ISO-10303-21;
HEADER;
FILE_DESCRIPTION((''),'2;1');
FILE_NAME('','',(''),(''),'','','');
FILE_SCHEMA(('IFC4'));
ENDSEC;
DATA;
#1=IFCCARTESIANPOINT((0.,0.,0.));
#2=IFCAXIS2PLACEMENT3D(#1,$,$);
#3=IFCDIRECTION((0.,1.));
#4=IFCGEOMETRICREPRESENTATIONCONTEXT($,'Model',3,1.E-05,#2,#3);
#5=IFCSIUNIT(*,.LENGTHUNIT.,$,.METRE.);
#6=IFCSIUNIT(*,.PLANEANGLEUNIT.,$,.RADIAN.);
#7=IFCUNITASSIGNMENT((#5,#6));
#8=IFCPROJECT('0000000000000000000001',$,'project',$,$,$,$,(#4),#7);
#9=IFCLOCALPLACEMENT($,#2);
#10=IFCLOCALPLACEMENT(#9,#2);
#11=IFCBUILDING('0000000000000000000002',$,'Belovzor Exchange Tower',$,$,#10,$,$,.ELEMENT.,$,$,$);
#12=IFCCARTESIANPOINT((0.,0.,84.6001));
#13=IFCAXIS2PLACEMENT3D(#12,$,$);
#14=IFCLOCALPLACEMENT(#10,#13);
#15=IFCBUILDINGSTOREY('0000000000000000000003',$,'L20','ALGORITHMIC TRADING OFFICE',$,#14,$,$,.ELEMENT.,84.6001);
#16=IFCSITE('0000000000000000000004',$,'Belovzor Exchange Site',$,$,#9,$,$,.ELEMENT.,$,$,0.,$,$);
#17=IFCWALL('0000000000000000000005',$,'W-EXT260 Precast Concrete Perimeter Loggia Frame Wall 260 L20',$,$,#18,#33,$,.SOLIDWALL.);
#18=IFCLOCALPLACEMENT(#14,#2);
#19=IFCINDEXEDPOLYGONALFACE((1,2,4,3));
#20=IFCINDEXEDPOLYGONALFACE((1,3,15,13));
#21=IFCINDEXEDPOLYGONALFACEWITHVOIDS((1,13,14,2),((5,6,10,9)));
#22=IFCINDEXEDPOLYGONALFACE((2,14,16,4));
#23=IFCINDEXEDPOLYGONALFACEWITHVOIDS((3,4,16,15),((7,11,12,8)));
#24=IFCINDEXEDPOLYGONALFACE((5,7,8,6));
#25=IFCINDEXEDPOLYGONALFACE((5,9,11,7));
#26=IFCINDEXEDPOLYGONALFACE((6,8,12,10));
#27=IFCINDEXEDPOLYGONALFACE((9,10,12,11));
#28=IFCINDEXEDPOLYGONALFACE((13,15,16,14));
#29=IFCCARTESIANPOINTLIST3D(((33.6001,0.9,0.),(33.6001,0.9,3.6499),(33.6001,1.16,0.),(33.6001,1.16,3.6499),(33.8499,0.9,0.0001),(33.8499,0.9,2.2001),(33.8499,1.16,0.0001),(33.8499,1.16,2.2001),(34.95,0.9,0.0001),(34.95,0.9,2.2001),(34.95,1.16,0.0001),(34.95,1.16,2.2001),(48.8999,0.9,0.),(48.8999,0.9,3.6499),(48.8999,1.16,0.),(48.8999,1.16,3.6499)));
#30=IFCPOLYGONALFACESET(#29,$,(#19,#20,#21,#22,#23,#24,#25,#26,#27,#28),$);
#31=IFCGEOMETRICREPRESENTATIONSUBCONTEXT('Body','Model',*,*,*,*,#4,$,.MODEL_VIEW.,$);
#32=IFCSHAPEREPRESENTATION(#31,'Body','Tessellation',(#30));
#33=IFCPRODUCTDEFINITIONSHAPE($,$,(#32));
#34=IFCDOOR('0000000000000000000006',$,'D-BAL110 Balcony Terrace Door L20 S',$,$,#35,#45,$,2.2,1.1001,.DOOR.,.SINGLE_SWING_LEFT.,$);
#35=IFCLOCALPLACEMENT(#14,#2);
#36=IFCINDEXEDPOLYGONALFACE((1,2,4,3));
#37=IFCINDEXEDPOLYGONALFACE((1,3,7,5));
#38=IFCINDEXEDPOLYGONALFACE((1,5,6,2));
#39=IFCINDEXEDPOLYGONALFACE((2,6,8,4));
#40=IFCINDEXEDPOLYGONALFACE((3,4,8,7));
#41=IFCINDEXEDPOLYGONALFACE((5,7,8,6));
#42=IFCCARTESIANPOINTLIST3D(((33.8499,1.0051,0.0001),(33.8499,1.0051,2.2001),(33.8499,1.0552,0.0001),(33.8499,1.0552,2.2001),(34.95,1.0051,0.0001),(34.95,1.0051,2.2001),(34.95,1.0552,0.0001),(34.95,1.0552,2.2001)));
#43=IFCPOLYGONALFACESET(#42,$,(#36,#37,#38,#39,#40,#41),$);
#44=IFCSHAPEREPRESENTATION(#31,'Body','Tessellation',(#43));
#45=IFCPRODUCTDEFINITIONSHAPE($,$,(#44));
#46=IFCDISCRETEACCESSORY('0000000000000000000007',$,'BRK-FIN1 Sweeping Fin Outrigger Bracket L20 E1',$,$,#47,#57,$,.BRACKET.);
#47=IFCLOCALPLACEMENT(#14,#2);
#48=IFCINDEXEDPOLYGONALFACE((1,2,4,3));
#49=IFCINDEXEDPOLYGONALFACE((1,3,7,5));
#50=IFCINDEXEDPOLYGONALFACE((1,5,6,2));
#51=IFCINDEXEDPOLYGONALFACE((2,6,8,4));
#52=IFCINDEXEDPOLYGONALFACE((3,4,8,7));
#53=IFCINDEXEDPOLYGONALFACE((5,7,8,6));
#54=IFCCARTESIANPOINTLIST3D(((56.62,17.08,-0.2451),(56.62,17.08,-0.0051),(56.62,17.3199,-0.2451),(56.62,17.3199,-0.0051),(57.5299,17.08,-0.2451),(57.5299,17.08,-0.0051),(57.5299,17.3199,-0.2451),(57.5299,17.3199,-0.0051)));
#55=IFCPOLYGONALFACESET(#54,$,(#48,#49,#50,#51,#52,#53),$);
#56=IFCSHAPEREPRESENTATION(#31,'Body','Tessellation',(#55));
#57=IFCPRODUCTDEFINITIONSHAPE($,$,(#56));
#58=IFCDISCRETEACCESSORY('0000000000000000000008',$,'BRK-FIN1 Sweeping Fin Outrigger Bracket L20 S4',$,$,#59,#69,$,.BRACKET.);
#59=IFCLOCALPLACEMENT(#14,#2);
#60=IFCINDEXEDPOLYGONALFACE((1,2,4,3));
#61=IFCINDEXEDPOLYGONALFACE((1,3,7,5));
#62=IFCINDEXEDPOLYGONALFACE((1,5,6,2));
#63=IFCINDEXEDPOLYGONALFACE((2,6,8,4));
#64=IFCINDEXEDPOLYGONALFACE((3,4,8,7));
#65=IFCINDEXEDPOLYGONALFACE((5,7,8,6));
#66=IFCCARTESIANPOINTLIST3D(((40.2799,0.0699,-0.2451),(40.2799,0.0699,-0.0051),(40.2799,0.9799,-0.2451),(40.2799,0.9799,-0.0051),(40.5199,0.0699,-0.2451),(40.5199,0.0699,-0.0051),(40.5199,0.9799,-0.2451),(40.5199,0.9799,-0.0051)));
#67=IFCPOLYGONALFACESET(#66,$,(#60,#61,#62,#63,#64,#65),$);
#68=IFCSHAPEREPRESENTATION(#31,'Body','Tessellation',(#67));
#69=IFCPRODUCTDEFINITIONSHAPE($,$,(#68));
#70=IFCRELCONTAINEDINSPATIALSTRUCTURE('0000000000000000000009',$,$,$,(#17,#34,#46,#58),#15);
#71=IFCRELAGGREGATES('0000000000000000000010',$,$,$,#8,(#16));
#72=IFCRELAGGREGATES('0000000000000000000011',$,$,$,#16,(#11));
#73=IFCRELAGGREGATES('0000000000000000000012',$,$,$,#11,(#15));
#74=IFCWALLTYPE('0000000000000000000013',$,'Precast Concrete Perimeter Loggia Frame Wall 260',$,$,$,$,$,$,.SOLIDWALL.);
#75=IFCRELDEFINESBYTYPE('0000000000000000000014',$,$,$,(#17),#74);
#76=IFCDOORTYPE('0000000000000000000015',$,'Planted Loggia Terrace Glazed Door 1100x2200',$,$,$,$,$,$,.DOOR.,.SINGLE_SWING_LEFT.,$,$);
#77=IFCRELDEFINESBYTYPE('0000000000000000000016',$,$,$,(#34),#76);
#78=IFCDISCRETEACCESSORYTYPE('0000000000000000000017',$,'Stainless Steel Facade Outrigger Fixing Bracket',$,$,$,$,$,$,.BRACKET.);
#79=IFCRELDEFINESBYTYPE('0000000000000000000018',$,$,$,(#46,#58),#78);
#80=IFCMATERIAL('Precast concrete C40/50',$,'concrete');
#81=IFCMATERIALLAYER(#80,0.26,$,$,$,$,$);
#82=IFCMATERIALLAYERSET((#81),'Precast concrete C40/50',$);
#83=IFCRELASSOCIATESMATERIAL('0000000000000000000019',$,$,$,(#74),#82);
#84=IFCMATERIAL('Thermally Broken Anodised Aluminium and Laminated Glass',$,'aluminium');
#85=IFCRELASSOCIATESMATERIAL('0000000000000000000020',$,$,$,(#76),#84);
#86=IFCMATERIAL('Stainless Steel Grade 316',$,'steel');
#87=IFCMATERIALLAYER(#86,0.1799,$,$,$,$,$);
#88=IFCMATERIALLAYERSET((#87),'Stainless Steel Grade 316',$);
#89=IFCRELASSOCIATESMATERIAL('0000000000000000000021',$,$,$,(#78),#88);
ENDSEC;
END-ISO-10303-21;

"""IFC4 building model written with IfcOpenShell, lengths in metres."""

from ifc_helpers import new_model, si_unit, direction, frame, frame_2d, origin, origin_2d, place, context, subcontext, project, spatial, rectangle, extrude, material, layer, layer_set, type_object, element, fill, save


model = new_model("IFC4")

# Units and contexts
model_context = context("Model", 3, precision=1e-05, world=origin(), true_north=direction((0.0, 1.0)))
body_context = subcontext(model_context, "Body", "Model", "MODEL_VIEW")
ifc_project = project(units=[si_unit("LENGTHUNIT", "METRE"), si_unit("PLANEANGLEUNIT", "RADIAN")], contexts=[model_context])

# Site, building, storey
site_placement = place(None, origin())
site = spatial("IfcSite", under=ifc_project, at=site_placement, Name="Belovzor Exchange Site", CompositionType="ELEMENT", RefElevation=0.0)
building_placement = place(site_placement, origin())
building = spatial("IfcBuilding", under=site, at=building_placement, Name="Belovzor Exchange Tower", CompositionType="ELEMENT")
storey_placement = place(building_placement, frame((0.0, 0.0, 84.6001)))
storey = spatial("IfcBuildingStorey", under=building, at=storey_placement, Name="L20", Description="ALGORITHMIC TRADING OFFICE", CompositionType="ELEMENT", Elevation=84.6001)

# Wall, opening, door
ifc_material_1 = material(Name="Precast concrete C40/50", Category="concrete")
ifc_layer_1 = layer(ifc_material_1, 0.26)
ifc_layer_set_1 = layer_set([ifc_layer_1], Name="Precast concrete C40/50")
wall_type_1 = type_object("IfcWallType", Name="Precast Concrete Perimeter Loggia Frame Wall 260", PredefinedType="SOLIDWALL", material=ifc_layer_set_1)
wall_1_placement = place(storey_placement, frame((48.8999, 1.03, 0.0), z_axis=(0.0, 0.0, 1.0), x_axis=(-1.0, 0.0, 0.0)))
wall_1 = element("IfcWall", 1, at=wall_1_placement, inside=storey, type_object=wall_type_1, Name="W-EXT260 Precast Concrete Perimeter Loggia Frame Wall 260 L20", PredefinedType="SOLIDWALL", context=body_context, shape_type="SweptSolid", body=[
    extrude(rectangle(XDim=15.2998, YDim=0.26, at=frame_2d((7.6499, 0.0))), origin(), (0.0, 0.0, 1.0), 3.6499),
])
opening_1_placement = place(wall_1_placement, frame((13.95, 0.0, 0.0)))
opening_1 = element("IfcOpeningElement", 2, at=opening_1_placement, cuts=wall_1, PredefinedType="OPENING", context=body_context, shape_type="SweptSolid", body=[
    extrude(rectangle(XDim=1.1001, YDim=2.2, at=frame_2d((0.55, 1.1001))), frame((0.0, 0.1399, 0.0), z_axis=(0.0, -1.0, 0.0), x_axis=(1.0, 0.0, 0.0)), (0.0, 0.0, 1.0), 0.28),
])
ifc_material_2 = material(Name="Thermally Broken Anodised Aluminium and Laminated Glass", Category="aluminium")
door_type_1 = type_object("IfcDoorType", Name="Planted Loggia Terrace Glazed Door 1100x2200", OperationType="SINGLE_SWING_LEFT", PredefinedType="DOOR", material=ifc_material_2)
door_1_placement = place(opening_1_placement, origin())
door_1 = element("IfcDoor", 3, at=door_1_placement, inside=storey, type_object=door_type_1, Name="D-BAL110 Balcony Terrace Door L20 S", OperationType="SINGLE_SWING_LEFT", OverallHeight=2.2, OverallWidth=1.1001, PredefinedType="DOOR", context=body_context, shape_type="SweptSolid", body=[
    extrude(rectangle(XDim=1.1001, YDim=2.2, at=frame_2d((0.55, 1.1001))), frame((0.0, 0.0249, 0.0), z_axis=(0.0, -1.0, 0.0), x_axis=(1.0, 0.0, 0.0)), (0.0, 0.0, 1.0), 0.05),
])
fill(opening_1, door_1)

# Discrete accessories
ifc_material_3 = material(Name="Stainless Steel Grade 316", Category="steel")
ifc_layer_2 = layer(ifc_material_3, 0.1799)
ifc_layer_set_2 = layer_set([ifc_layer_2], Name="Stainless Steel Grade 316")
discrete_accessory_type = type_object("IfcDiscreteAccessoryType", Name="Stainless Steel Facade Outrigger Fixing Bracket", PredefinedType="BRACKET", material=ifc_layer_set_2)
for number, where, z_axis, x_axis, name in (
    (4, (57.075, 17.2, -0.2451), (0.0, 0.0, 1.0), (1.0, 0.0, 0.0), "BRK-FIN1 Sweeping Fin Outrigger Bracket L20 E1"),
    (5, (40.3999, 0.5249, -0.2451), (0.0, 0.0, 1.0), (0.0, 1.0, 0.0), "BRK-FIN1 Sweeping Fin Outrigger Bracket L20 S4"),
):
    element("IfcDiscreteAccessory", number, at=place(storey_placement, frame(where, z_axis=z_axis, x_axis=x_axis)), inside=storey, type_object=discrete_accessory_type, Name=name, PredefinedType="BRACKET", context=body_context, shape_type="SweptSolid", body=[
        extrude(rectangle(XDim=0.9099, YDim=0.24, at=origin_2d()), origin(), (0.0, 0.0, 1.0), 0.24),
    ])

save(model, "model.ifc")
